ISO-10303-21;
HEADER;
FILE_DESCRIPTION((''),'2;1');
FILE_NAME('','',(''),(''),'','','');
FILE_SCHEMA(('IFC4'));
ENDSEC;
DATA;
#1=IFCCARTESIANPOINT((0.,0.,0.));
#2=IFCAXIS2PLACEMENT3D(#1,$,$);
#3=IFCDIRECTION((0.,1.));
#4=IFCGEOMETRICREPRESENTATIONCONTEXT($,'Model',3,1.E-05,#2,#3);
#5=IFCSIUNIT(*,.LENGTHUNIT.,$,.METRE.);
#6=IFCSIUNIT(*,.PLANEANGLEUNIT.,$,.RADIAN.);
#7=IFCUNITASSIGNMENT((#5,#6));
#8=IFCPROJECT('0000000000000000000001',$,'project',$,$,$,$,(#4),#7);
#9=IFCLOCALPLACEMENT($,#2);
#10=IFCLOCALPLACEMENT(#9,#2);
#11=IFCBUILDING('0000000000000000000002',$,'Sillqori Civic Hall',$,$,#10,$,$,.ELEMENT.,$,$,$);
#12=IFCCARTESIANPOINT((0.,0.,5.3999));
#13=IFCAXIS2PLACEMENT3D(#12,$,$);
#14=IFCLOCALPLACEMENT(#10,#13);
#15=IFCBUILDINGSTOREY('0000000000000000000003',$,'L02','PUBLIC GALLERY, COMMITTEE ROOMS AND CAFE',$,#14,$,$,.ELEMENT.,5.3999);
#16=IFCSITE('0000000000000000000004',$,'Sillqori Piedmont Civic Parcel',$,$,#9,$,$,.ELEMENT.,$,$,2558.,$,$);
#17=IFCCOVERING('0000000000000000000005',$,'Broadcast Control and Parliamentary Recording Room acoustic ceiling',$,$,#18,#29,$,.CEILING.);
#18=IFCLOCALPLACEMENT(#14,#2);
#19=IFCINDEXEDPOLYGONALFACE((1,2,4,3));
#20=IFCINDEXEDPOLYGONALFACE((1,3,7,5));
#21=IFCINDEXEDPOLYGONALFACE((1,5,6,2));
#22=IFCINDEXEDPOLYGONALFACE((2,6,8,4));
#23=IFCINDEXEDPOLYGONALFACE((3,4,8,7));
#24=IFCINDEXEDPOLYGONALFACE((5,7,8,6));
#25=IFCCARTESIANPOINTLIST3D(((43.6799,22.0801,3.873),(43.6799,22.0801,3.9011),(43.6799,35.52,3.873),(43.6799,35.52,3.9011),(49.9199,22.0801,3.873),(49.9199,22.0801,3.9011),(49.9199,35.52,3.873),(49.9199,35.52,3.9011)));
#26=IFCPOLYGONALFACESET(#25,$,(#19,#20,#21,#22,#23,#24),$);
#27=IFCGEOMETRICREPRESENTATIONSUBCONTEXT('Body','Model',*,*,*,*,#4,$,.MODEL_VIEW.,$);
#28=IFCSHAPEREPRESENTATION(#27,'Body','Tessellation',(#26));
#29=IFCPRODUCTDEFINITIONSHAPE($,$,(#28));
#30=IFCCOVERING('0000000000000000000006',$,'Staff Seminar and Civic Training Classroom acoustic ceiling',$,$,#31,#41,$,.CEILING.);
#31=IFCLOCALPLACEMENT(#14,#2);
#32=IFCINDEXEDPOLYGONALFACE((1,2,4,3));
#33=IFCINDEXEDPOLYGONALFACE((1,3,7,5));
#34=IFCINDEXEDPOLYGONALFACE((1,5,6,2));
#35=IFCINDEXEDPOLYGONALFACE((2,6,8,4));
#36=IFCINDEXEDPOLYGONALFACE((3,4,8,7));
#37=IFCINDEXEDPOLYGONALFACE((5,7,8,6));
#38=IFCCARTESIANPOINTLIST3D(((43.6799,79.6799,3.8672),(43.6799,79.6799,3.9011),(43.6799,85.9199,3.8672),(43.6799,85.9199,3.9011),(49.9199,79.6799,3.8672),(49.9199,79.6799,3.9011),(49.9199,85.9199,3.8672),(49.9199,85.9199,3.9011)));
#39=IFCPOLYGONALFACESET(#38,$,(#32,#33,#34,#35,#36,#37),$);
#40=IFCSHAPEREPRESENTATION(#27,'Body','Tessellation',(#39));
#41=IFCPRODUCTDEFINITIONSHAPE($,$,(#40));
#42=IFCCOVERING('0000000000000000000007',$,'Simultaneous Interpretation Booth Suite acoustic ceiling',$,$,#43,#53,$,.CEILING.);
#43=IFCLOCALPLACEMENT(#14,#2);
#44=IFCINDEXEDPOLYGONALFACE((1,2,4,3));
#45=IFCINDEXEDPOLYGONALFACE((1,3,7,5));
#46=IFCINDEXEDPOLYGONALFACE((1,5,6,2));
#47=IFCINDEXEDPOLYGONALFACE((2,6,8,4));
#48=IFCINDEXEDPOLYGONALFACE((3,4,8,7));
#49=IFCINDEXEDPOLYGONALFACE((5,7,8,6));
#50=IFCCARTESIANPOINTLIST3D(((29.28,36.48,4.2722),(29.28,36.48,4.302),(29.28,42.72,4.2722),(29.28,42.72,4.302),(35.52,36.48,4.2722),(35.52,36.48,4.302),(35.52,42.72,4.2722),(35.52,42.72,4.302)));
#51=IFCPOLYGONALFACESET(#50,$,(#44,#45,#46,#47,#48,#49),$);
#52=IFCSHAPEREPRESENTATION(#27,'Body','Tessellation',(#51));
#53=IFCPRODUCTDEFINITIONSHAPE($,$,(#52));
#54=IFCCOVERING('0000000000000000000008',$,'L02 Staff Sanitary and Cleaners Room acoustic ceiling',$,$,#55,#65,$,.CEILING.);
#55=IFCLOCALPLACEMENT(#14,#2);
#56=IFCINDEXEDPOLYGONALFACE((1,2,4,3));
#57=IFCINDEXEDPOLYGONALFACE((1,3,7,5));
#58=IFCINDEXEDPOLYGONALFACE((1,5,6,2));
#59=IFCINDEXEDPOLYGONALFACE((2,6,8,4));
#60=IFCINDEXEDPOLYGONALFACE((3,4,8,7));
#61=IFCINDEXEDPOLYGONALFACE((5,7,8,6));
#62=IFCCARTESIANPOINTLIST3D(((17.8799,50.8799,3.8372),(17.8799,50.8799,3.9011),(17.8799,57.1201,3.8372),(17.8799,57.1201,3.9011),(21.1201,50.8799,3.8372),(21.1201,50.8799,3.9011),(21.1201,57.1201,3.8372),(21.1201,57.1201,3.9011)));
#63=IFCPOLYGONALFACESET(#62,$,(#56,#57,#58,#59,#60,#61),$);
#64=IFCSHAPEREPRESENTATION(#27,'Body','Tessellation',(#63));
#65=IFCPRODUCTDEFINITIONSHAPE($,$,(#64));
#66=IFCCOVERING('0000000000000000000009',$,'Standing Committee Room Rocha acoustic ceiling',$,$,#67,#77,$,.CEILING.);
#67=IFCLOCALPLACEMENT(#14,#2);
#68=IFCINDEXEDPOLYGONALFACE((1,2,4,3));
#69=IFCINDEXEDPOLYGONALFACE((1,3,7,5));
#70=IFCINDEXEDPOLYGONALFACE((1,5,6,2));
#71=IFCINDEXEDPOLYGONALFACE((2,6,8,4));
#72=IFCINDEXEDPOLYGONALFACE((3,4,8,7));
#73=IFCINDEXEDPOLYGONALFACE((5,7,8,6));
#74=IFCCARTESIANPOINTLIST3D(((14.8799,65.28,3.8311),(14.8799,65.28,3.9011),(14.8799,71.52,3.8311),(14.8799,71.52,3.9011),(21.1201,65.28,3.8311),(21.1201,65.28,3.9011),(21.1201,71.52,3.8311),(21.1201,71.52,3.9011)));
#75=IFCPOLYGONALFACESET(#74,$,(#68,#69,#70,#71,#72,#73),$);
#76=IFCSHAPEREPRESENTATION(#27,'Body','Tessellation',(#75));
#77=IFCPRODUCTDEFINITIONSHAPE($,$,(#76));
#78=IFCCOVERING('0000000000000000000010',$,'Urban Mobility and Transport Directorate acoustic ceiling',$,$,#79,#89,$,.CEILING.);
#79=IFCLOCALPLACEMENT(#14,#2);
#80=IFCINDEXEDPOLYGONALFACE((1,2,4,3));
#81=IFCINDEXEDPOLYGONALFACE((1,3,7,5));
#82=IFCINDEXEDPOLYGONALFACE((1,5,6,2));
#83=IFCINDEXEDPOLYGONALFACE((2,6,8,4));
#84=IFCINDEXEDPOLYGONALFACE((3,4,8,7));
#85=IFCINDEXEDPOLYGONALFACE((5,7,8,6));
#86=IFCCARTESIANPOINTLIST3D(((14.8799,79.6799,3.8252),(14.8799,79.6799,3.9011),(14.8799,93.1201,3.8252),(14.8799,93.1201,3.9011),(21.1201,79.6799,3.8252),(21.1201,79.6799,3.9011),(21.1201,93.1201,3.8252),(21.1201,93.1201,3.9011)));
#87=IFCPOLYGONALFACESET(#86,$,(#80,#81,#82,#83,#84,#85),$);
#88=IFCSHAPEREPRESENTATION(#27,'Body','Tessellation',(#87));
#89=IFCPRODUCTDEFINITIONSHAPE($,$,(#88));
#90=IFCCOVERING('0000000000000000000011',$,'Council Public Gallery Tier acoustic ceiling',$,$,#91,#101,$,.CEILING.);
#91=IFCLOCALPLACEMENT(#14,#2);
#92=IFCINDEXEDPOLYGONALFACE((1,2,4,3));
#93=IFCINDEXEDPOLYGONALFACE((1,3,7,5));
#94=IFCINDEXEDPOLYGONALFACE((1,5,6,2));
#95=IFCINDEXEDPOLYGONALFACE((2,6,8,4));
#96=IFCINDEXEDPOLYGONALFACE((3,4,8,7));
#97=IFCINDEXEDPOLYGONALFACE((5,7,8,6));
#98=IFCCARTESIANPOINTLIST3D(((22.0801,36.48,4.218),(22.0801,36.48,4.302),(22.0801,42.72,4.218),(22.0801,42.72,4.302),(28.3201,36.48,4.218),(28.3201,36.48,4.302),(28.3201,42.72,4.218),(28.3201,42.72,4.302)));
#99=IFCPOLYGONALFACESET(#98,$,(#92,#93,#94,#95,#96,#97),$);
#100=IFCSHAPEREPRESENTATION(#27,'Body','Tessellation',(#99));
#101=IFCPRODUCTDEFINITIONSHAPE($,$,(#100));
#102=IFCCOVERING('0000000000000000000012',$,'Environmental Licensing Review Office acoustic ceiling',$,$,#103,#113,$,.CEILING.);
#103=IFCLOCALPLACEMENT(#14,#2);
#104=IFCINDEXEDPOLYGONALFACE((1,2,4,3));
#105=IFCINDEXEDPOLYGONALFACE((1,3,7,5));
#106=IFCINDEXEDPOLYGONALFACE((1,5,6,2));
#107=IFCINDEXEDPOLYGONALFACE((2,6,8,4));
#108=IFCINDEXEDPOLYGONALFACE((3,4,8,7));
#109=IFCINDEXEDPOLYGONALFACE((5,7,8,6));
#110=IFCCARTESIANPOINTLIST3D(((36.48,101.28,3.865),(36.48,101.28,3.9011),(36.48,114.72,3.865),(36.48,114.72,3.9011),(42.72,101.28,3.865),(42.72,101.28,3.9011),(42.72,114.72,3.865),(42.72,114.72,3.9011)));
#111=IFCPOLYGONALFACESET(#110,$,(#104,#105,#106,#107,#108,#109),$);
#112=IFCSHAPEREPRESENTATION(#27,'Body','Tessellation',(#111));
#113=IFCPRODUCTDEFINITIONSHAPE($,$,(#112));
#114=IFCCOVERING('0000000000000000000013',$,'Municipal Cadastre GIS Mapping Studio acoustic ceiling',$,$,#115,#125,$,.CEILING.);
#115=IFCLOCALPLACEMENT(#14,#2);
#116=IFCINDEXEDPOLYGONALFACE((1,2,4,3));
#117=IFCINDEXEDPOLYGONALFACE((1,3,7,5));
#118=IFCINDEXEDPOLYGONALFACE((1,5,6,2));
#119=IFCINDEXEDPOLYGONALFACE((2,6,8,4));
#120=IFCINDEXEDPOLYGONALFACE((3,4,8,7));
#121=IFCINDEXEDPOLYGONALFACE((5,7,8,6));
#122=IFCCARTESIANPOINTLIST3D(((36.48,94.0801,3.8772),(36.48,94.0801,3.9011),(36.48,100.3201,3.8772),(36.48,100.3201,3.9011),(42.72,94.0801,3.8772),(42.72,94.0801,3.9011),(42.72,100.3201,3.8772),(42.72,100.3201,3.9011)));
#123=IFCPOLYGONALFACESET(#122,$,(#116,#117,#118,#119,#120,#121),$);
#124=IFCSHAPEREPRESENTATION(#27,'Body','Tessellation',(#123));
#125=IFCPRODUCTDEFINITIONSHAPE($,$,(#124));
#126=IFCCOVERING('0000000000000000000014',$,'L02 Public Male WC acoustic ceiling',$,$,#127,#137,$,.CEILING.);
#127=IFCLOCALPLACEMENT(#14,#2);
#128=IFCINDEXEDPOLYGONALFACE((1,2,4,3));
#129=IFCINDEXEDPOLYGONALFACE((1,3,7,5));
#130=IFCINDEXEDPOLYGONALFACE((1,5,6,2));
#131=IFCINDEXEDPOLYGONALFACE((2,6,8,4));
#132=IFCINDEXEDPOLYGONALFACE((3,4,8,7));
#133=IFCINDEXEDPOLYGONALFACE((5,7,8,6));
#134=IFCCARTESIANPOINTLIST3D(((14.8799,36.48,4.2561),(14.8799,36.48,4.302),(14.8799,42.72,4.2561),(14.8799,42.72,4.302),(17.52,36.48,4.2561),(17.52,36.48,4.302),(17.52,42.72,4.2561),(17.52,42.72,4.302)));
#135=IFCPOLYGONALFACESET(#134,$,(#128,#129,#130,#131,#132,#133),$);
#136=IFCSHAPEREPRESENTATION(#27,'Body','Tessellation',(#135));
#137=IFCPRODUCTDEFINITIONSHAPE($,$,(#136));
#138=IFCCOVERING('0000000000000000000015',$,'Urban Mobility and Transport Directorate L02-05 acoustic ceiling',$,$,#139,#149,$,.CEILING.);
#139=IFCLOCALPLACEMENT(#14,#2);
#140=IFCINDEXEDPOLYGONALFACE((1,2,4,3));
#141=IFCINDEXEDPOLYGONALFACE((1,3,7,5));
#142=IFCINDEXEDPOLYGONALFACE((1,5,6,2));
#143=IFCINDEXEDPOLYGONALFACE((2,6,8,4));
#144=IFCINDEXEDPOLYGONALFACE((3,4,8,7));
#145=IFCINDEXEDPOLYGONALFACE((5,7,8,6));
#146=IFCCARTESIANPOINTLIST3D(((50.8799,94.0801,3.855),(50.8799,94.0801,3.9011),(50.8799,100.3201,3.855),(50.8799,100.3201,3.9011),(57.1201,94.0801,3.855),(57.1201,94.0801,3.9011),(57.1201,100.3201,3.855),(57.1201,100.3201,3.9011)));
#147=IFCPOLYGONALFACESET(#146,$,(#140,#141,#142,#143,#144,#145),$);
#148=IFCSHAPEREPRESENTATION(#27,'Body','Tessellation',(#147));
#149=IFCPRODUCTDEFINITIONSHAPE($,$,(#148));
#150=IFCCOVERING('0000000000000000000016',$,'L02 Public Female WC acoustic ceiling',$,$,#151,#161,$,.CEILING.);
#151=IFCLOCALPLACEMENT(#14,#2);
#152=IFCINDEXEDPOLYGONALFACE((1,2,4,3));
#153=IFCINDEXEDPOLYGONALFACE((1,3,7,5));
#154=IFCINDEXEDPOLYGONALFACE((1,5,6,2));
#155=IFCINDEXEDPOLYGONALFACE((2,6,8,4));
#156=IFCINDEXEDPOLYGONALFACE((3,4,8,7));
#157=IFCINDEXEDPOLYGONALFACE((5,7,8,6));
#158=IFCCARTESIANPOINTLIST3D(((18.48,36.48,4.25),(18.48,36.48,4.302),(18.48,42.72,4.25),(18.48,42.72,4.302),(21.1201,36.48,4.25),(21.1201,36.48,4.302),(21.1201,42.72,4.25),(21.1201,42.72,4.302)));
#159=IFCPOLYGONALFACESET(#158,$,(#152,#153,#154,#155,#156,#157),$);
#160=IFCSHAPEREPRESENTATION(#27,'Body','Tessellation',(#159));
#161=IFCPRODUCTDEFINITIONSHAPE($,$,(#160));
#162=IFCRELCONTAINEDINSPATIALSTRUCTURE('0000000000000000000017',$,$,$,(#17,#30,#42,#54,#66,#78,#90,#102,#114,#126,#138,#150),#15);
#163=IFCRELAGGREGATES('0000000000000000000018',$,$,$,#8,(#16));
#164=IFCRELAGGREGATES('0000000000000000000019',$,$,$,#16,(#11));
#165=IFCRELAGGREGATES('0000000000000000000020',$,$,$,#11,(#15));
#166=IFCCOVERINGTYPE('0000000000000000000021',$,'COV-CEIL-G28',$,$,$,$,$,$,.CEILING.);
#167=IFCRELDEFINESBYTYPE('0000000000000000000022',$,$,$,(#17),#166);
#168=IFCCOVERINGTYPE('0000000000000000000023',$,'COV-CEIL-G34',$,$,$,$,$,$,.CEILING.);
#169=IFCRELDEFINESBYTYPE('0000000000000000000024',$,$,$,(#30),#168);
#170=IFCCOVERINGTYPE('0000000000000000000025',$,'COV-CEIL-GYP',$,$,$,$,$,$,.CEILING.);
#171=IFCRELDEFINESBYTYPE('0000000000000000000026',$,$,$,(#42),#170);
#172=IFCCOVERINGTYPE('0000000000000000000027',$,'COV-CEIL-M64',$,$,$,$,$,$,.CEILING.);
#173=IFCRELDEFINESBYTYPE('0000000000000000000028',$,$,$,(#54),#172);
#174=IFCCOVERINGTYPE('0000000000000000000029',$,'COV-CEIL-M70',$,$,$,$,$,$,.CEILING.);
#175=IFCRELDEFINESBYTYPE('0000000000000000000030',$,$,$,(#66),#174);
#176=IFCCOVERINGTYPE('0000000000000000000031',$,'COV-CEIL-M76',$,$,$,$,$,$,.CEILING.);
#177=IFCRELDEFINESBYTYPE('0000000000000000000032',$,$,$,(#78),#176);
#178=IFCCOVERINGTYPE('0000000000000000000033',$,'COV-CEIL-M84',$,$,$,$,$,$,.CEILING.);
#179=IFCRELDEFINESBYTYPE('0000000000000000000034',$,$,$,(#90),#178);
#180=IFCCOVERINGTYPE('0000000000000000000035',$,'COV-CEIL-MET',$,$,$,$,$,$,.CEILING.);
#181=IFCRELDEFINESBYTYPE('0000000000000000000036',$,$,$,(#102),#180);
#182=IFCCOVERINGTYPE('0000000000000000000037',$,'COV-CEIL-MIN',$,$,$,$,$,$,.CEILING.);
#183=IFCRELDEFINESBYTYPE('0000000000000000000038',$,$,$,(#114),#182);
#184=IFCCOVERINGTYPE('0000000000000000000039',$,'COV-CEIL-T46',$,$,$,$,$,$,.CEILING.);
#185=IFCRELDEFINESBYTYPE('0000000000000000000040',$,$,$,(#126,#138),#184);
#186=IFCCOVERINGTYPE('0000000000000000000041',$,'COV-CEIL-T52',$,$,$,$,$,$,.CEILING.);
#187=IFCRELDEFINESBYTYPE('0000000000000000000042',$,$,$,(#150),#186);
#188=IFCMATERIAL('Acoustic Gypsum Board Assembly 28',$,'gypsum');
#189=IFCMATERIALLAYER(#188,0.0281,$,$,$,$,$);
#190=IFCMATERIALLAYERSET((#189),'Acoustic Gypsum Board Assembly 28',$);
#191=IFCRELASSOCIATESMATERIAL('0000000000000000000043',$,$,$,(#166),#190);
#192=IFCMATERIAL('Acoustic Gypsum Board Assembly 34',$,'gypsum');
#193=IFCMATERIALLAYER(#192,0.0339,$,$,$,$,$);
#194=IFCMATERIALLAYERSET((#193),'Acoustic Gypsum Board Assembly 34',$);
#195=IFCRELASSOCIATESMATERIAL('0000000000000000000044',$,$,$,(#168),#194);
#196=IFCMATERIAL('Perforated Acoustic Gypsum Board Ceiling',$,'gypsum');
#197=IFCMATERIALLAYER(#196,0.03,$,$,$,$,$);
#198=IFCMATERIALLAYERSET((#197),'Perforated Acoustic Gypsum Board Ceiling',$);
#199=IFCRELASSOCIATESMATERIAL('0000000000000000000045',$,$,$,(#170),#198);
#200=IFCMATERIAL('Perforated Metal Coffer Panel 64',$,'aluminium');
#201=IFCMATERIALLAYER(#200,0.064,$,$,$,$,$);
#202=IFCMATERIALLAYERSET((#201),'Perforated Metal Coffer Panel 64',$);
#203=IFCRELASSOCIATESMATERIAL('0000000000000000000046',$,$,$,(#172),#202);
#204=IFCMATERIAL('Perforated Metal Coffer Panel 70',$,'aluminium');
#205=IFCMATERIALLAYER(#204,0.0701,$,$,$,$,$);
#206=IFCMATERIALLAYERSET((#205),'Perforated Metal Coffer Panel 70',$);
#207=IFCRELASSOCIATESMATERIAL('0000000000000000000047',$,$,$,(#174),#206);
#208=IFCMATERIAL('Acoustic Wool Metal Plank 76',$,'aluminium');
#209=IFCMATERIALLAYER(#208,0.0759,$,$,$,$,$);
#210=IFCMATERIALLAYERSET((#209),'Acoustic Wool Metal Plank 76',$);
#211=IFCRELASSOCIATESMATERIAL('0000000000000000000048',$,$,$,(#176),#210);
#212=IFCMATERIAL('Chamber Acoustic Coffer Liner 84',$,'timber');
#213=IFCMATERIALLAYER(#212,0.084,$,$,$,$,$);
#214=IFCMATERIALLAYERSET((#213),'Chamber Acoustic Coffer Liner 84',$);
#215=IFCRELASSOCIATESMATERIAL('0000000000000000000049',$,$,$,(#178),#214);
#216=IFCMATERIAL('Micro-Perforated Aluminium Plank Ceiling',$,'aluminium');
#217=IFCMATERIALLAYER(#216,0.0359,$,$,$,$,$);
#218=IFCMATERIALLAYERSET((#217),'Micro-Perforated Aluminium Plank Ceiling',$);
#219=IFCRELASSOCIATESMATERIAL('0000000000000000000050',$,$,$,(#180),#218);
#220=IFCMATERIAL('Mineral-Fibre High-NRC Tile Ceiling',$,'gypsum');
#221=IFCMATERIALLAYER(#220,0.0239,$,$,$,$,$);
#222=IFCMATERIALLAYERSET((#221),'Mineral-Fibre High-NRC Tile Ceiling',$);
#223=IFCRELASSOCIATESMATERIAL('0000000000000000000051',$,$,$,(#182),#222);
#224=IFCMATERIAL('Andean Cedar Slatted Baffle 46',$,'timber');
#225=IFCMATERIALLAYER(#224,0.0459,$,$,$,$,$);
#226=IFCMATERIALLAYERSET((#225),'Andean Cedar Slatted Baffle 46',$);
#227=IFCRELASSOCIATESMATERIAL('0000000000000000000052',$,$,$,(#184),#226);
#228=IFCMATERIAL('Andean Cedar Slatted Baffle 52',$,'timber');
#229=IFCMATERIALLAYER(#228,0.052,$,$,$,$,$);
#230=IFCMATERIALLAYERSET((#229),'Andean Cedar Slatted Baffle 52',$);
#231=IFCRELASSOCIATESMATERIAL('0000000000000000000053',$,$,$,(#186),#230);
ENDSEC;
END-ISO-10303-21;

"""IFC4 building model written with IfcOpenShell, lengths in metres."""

from ifc_helpers import new_model, si_unit, direction, frame, origin, place, context, subcontext, project, spatial, polyline, outline, extrude, material, layer, layer_set, type_object, element, save


model = new_model("IFC4")

# Units and contexts
model_context = context("Model", 3, precision=1e-05, world=origin(), true_north=direction((0.0, 1.0)))
body_context = subcontext(model_context, "Body", "Model", "MODEL_VIEW")
ifc_project = project(units=[si_unit("LENGTHUNIT", "METRE"), si_unit("PLANEANGLEUNIT", "RADIAN")], contexts=[model_context])

# Site, building, storey
site_placement = place(None, origin())
site = spatial("IfcSite", under=ifc_project, at=site_placement, Name="Sillqori Piedmont Civic Parcel", CompositionType="ELEMENT", RefElevation=2558.0)
building_placement = place(site_placement, origin())
building = spatial("IfcBuilding", under=site, at=building_placement, Name="Sillqori Civic Hall", CompositionType="ELEMENT")
storey_placement = place(building_placement, frame((0.0, 0.0, 5.3999)))
storey = spatial("IfcBuildingStorey", under=building, at=storey_placement, Name="L02", Description="PUBLIC GALLERY, COMMITTEE ROOMS AND CAFE", CompositionType="ELEMENT", Elevation=5.3999)

# Coverings
ifc_material_1 = material(Name="Acoustic Gypsum Board Assembly 28", Category="gypsum")
ifc_layer_1 = layer(ifc_material_1, 0.0281)
ifc_layer_set_1 = layer_set([ifc_layer_1], Name="Acoustic Gypsum Board Assembly 28")
covering_type_1 = type_object("IfcCoveringType", Name="COV-CEIL-G28", PredefinedType="CEILING", material=ifc_layer_set_1)
covering_1_placement = place(storey_placement, frame((0.0, 0.0, 3.873)))
element("IfcCovering", 1, at=covering_1_placement, inside=storey, type_object=covering_type_1, Name="Broadcast Control and Parliamentary Recording Room acoustic ceiling", PredefinedType="CEILING", context=body_context, shape_type="SweptSolid", body=[
    extrude(outline(polyline([(43.6799, 22.0801), (49.9199, 22.0801), (49.9199, 35.52), (43.6799, 35.52), (43.6799, 22.0801)])), origin(), (0.0, 0.0, 1.0), 0.0281),
])
ifc_material_2 = material(Name="Acoustic Gypsum Board Assembly 34", Category="gypsum")
ifc_layer_2 = layer(ifc_material_2, 0.0339)
ifc_layer_set_2 = layer_set([ifc_layer_2], Name="Acoustic Gypsum Board Assembly 34")
covering_type_2 = type_object("IfcCoveringType", Name="COV-CEIL-G34", PredefinedType="CEILING", material=ifc_layer_set_2)
covering_2_placement = place(storey_placement, frame((0.0, 0.0, 3.8672)))
element("IfcCovering", 2, at=covering_2_placement, inside=storey, type_object=covering_type_2, Name="Staff Seminar and Civic Training Classroom acoustic ceiling", PredefinedType="CEILING", context=body_context, shape_type="SweptSolid", body=[
    extrude(outline(polyline([(43.6799, 79.6799), (49.9199, 79.6799), (49.9199, 85.9199), (43.6799, 85.9199), (43.6799, 79.6799)])), origin(), (0.0, 0.0, 1.0), 0.0339),
])
ifc_material_3 = material(Name="Perforated Acoustic Gypsum Board Ceiling", Category="gypsum")
ifc_layer_3 = layer(ifc_material_3, 0.03)
ifc_layer_set_3 = layer_set([ifc_layer_3], Name="Perforated Acoustic Gypsum Board Ceiling")
covering_type_3 = type_object("IfcCoveringType", Name="COV-CEIL-GYP", PredefinedType="CEILING", material=ifc_layer_set_3)
covering_3_placement = place(storey_placement, frame((0.0, 0.0, 4.2722)))
element("IfcCovering", 3, at=covering_3_placement, inside=storey, type_object=covering_type_3, Name="Simultaneous Interpretation Booth Suite acoustic ceiling", PredefinedType="CEILING", context=body_context, shape_type="SweptSolid", body=[
    extrude(outline(polyline([(29.28, 36.48), (35.52, 36.48), (35.52, 42.72), (29.28, 42.72), (29.28, 36.48)])), origin(), (0.0, 0.0, 1.0), 0.0298),
])
ifc_material_4 = material(Name="Perforated Metal Coffer Panel 64", Category="aluminium")
ifc_layer_4 = layer(ifc_material_4, 0.064)
ifc_layer_set_4 = layer_set([ifc_layer_4], Name="Perforated Metal Coffer Panel 64")
covering_type_4 = type_object("IfcCoveringType", Name="COV-CEIL-M64", PredefinedType="CEILING", material=ifc_layer_set_4)
covering_4_placement = place(storey_placement, frame((0.0, 0.0, 3.8372)))
element("IfcCovering", 4, at=covering_4_placement, inside=storey, type_object=covering_type_4, Name="L02 Staff Sanitary and Cleaners Room acoustic ceiling", PredefinedType="CEILING", context=body_context, shape_type="SweptSolid", body=[
    extrude(outline(polyline([(17.8799, 50.8799), (21.1201, 50.8799), (21.1201, 57.1201), (17.8799, 57.1201), (17.8799, 50.8799)])), origin(), (0.0, 0.0, 1.0), 0.064),
])
ifc_material_5 = material(Name="Perforated Metal Coffer Panel 70", Category="aluminium")
ifc_layer_5 = layer(ifc_material_5, 0.0701)
ifc_layer_set_5 = layer_set([ifc_layer_5], Name="Perforated Metal Coffer Panel 70")
covering_type_5 = type_object("IfcCoveringType", Name="COV-CEIL-M70", PredefinedType="CEILING", material=ifc_layer_set_5)
covering_5_placement = place(storey_placement, frame((0.0, 0.0, 3.8311)))
element("IfcCovering", 5, at=covering_5_placement, inside=storey, type_object=covering_type_5, Name="Standing Committee Room Rocha acoustic ceiling", PredefinedType="CEILING", context=body_context, shape_type="SweptSolid", body=[
    extrude(outline(polyline([(14.8799, 65.28), (21.1201, 65.28), (21.1201, 71.52), (14.8799, 71.52), (14.8799, 65.28)])), origin(), (0.0, 0.0, 1.0), 0.0701),
])
ifc_material_6 = material(Name="Acoustic Wool Metal Plank 76", Category="aluminium")
ifc_layer_6 = layer(ifc_material_6, 0.0759)
ifc_layer_set_6 = layer_set([ifc_layer_6], Name="Acoustic Wool Metal Plank 76")
covering_type_6 = type_object("IfcCoveringType", Name="COV-CEIL-M76", PredefinedType="CEILING", material=ifc_layer_set_6)
covering_6_placement = place(storey_placement, frame((0.0, 0.0, 3.8252)))
element("IfcCovering", 6, at=covering_6_placement, inside=storey, type_object=covering_type_6, Name="Urban Mobility and Transport Directorate acoustic ceiling", PredefinedType="CEILING", context=body_context, shape_type="SweptSolid", body=[
    extrude(outline(polyline([(14.8799, 79.6799), (21.1201, 79.6799), (21.1201, 93.1201), (14.8799, 93.1201), (14.8799, 79.6799)])), origin(), (0.0, 0.0, 1.0), 0.0759),
])
ifc_material_7 = material(Name="Chamber Acoustic Coffer Liner 84", Category="timber")
ifc_layer_7 = layer(ifc_material_7, 0.084)
ifc_layer_set_7 = layer_set([ifc_layer_7], Name="Chamber Acoustic Coffer Liner 84")
covering_type_7 = type_object("IfcCoveringType", Name="COV-CEIL-M84", PredefinedType="CEILING", material=ifc_layer_set_7)
covering_7_placement = place(storey_placement, frame((0.0, 0.0, 4.218)))
element("IfcCovering", 7, at=covering_7_placement, inside=storey, type_object=covering_type_7, Name="Council Public Gallery Tier acoustic ceiling", PredefinedType="CEILING", context=body_context, shape_type="SweptSolid", body=[
    extrude(outline(polyline([(22.0801, 36.48), (28.3201, 36.48), (28.3201, 42.72), (22.0801, 42.72), (22.0801, 36.48)])), origin(), (0.0, 0.0, 1.0), 0.084),
])
ifc_material_8 = material(Name="Micro-Perforated Aluminium Plank Ceiling", Category="aluminium")
ifc_layer_8 = layer(ifc_material_8, 0.0359)
ifc_layer_set_8 = layer_set([ifc_layer_8], Name="Micro-Perforated Aluminium Plank Ceiling")
covering_type_8 = type_object("IfcCoveringType", Name="COV-CEIL-MET", PredefinedType="CEILING", material=ifc_layer_set_8)
covering_8_placement = place(storey_placement, frame((0.0, 0.0, 3.865)))
element("IfcCovering", 8, at=covering_8_placement, inside=storey, type_object=covering_type_8, Name="Environmental Licensing Review Office acoustic ceiling", PredefinedType="CEILING", context=body_context, shape_type="SweptSolid", body=[
    extrude(outline(polyline([(36.48, 101.28), (42.72, 101.28), (42.72, 114.72), (36.48, 114.72), (36.48, 101.28)])), origin(), (0.0, 0.0, 1.0), 0.0361),
])
ifc_material_9 = material(Name="Mineral-Fibre High-NRC Tile Ceiling", Category="gypsum")
ifc_layer_9 = layer(ifc_material_9, 0.0239)
ifc_layer_set_9 = layer_set([ifc_layer_9], Name="Mineral-Fibre High-NRC Tile Ceiling")
covering_type_9 = type_object("IfcCoveringType", Name="COV-CEIL-MIN", PredefinedType="CEILING", material=ifc_layer_set_9)
covering_9_placement = place(storey_placement, frame((0.0, 0.0, 3.8772)))
element("IfcCovering", 9, at=covering_9_placement, inside=storey, type_object=covering_type_9, Name="Municipal Cadastre GIS Mapping Studio acoustic ceiling", PredefinedType="CEILING", context=body_context, shape_type="SweptSolid", body=[
    extrude(outline(polyline([(36.48, 94.0801), (42.72, 94.0801), (42.72, 100.3201), (36.48, 100.3201), (36.48, 94.0801)])), origin(), (0.0, 0.0, 1.0), 0.0239),
])
ifc_material_10 = material(Name="Andean Cedar Slatted Baffle 46", Category="timber")
ifc_layer_10 = layer(ifc_material_10, 0.0459)
ifc_layer_set_10 = layer_set([ifc_layer_10], Name="Andean Cedar Slatted Baffle 46")
covering_type_10 = type_object("IfcCoveringType", Name="COV-CEIL-T46", PredefinedType="CEILING", material=ifc_layer_set_10)
covering_10_placement = place(storey_placement, frame((0.0, 0.0, 4.2561)))
element("IfcCovering", 10, at=covering_10_placement, inside=storey, type_object=covering_type_10, Name="L02 Public Male WC acoustic ceiling", PredefinedType="CEILING", context=body_context, shape_type="SweptSolid", body=[
    extrude(outline(polyline([(14.8799, 36.48), (17.52, 36.48), (17.52, 42.72), (14.8799, 42.72), (14.8799, 36.48)])), origin(), (0.0, 0.0, 1.0), 0.0459),
])
covering_11_placement = place(storey_placement, frame((0.0, 0.0, 3.855)))
element("IfcCovering", 11, at=covering_11_placement, inside=storey, type_object=covering_type_10, Name="Urban Mobility and Transport Directorate L02-05 acoustic ceiling", PredefinedType="CEILING", context=body_context, shape_type="SweptSolid", body=[
    extrude(outline(polyline([(50.8799, 94.0801), (57.1201, 94.0801), (57.1201, 100.3201), (50.8799, 100.3201), (50.8799, 94.0801)])), origin(), (0.0, 0.0, 1.0), 0.0461),
])
ifc_material_11 = material(Name="Andean Cedar Slatted Baffle 52", Category="timber")
ifc_layer_11 = layer(ifc_material_11, 0.052)
ifc_layer_set_11 = layer_set([ifc_layer_11], Name="Andean Cedar Slatted Baffle 52")
covering_type_11 = type_object("IfcCoveringType", Name="COV-CEIL-T52", PredefinedType="CEILING", material=ifc_layer_set_11)
covering_12_placement = place(storey_placement, frame((0.0, 0.0, 4.25)))
element("IfcCovering", 12, at=covering_12_placement, inside=storey, type_object=covering_type_11, Name="L02 Public Female WC acoustic ceiling", PredefinedType="CEILING", context=body_context, shape_type="SweptSolid", body=[
    extrude(outline(polyline([(18.48, 36.48), (21.1201, 36.48), (21.1201, 42.72), (18.48, 42.72), (18.48, 36.48)])), origin(), (0.0, 0.0, 1.0), 0.052),
])

save(model, "model.ifc")
